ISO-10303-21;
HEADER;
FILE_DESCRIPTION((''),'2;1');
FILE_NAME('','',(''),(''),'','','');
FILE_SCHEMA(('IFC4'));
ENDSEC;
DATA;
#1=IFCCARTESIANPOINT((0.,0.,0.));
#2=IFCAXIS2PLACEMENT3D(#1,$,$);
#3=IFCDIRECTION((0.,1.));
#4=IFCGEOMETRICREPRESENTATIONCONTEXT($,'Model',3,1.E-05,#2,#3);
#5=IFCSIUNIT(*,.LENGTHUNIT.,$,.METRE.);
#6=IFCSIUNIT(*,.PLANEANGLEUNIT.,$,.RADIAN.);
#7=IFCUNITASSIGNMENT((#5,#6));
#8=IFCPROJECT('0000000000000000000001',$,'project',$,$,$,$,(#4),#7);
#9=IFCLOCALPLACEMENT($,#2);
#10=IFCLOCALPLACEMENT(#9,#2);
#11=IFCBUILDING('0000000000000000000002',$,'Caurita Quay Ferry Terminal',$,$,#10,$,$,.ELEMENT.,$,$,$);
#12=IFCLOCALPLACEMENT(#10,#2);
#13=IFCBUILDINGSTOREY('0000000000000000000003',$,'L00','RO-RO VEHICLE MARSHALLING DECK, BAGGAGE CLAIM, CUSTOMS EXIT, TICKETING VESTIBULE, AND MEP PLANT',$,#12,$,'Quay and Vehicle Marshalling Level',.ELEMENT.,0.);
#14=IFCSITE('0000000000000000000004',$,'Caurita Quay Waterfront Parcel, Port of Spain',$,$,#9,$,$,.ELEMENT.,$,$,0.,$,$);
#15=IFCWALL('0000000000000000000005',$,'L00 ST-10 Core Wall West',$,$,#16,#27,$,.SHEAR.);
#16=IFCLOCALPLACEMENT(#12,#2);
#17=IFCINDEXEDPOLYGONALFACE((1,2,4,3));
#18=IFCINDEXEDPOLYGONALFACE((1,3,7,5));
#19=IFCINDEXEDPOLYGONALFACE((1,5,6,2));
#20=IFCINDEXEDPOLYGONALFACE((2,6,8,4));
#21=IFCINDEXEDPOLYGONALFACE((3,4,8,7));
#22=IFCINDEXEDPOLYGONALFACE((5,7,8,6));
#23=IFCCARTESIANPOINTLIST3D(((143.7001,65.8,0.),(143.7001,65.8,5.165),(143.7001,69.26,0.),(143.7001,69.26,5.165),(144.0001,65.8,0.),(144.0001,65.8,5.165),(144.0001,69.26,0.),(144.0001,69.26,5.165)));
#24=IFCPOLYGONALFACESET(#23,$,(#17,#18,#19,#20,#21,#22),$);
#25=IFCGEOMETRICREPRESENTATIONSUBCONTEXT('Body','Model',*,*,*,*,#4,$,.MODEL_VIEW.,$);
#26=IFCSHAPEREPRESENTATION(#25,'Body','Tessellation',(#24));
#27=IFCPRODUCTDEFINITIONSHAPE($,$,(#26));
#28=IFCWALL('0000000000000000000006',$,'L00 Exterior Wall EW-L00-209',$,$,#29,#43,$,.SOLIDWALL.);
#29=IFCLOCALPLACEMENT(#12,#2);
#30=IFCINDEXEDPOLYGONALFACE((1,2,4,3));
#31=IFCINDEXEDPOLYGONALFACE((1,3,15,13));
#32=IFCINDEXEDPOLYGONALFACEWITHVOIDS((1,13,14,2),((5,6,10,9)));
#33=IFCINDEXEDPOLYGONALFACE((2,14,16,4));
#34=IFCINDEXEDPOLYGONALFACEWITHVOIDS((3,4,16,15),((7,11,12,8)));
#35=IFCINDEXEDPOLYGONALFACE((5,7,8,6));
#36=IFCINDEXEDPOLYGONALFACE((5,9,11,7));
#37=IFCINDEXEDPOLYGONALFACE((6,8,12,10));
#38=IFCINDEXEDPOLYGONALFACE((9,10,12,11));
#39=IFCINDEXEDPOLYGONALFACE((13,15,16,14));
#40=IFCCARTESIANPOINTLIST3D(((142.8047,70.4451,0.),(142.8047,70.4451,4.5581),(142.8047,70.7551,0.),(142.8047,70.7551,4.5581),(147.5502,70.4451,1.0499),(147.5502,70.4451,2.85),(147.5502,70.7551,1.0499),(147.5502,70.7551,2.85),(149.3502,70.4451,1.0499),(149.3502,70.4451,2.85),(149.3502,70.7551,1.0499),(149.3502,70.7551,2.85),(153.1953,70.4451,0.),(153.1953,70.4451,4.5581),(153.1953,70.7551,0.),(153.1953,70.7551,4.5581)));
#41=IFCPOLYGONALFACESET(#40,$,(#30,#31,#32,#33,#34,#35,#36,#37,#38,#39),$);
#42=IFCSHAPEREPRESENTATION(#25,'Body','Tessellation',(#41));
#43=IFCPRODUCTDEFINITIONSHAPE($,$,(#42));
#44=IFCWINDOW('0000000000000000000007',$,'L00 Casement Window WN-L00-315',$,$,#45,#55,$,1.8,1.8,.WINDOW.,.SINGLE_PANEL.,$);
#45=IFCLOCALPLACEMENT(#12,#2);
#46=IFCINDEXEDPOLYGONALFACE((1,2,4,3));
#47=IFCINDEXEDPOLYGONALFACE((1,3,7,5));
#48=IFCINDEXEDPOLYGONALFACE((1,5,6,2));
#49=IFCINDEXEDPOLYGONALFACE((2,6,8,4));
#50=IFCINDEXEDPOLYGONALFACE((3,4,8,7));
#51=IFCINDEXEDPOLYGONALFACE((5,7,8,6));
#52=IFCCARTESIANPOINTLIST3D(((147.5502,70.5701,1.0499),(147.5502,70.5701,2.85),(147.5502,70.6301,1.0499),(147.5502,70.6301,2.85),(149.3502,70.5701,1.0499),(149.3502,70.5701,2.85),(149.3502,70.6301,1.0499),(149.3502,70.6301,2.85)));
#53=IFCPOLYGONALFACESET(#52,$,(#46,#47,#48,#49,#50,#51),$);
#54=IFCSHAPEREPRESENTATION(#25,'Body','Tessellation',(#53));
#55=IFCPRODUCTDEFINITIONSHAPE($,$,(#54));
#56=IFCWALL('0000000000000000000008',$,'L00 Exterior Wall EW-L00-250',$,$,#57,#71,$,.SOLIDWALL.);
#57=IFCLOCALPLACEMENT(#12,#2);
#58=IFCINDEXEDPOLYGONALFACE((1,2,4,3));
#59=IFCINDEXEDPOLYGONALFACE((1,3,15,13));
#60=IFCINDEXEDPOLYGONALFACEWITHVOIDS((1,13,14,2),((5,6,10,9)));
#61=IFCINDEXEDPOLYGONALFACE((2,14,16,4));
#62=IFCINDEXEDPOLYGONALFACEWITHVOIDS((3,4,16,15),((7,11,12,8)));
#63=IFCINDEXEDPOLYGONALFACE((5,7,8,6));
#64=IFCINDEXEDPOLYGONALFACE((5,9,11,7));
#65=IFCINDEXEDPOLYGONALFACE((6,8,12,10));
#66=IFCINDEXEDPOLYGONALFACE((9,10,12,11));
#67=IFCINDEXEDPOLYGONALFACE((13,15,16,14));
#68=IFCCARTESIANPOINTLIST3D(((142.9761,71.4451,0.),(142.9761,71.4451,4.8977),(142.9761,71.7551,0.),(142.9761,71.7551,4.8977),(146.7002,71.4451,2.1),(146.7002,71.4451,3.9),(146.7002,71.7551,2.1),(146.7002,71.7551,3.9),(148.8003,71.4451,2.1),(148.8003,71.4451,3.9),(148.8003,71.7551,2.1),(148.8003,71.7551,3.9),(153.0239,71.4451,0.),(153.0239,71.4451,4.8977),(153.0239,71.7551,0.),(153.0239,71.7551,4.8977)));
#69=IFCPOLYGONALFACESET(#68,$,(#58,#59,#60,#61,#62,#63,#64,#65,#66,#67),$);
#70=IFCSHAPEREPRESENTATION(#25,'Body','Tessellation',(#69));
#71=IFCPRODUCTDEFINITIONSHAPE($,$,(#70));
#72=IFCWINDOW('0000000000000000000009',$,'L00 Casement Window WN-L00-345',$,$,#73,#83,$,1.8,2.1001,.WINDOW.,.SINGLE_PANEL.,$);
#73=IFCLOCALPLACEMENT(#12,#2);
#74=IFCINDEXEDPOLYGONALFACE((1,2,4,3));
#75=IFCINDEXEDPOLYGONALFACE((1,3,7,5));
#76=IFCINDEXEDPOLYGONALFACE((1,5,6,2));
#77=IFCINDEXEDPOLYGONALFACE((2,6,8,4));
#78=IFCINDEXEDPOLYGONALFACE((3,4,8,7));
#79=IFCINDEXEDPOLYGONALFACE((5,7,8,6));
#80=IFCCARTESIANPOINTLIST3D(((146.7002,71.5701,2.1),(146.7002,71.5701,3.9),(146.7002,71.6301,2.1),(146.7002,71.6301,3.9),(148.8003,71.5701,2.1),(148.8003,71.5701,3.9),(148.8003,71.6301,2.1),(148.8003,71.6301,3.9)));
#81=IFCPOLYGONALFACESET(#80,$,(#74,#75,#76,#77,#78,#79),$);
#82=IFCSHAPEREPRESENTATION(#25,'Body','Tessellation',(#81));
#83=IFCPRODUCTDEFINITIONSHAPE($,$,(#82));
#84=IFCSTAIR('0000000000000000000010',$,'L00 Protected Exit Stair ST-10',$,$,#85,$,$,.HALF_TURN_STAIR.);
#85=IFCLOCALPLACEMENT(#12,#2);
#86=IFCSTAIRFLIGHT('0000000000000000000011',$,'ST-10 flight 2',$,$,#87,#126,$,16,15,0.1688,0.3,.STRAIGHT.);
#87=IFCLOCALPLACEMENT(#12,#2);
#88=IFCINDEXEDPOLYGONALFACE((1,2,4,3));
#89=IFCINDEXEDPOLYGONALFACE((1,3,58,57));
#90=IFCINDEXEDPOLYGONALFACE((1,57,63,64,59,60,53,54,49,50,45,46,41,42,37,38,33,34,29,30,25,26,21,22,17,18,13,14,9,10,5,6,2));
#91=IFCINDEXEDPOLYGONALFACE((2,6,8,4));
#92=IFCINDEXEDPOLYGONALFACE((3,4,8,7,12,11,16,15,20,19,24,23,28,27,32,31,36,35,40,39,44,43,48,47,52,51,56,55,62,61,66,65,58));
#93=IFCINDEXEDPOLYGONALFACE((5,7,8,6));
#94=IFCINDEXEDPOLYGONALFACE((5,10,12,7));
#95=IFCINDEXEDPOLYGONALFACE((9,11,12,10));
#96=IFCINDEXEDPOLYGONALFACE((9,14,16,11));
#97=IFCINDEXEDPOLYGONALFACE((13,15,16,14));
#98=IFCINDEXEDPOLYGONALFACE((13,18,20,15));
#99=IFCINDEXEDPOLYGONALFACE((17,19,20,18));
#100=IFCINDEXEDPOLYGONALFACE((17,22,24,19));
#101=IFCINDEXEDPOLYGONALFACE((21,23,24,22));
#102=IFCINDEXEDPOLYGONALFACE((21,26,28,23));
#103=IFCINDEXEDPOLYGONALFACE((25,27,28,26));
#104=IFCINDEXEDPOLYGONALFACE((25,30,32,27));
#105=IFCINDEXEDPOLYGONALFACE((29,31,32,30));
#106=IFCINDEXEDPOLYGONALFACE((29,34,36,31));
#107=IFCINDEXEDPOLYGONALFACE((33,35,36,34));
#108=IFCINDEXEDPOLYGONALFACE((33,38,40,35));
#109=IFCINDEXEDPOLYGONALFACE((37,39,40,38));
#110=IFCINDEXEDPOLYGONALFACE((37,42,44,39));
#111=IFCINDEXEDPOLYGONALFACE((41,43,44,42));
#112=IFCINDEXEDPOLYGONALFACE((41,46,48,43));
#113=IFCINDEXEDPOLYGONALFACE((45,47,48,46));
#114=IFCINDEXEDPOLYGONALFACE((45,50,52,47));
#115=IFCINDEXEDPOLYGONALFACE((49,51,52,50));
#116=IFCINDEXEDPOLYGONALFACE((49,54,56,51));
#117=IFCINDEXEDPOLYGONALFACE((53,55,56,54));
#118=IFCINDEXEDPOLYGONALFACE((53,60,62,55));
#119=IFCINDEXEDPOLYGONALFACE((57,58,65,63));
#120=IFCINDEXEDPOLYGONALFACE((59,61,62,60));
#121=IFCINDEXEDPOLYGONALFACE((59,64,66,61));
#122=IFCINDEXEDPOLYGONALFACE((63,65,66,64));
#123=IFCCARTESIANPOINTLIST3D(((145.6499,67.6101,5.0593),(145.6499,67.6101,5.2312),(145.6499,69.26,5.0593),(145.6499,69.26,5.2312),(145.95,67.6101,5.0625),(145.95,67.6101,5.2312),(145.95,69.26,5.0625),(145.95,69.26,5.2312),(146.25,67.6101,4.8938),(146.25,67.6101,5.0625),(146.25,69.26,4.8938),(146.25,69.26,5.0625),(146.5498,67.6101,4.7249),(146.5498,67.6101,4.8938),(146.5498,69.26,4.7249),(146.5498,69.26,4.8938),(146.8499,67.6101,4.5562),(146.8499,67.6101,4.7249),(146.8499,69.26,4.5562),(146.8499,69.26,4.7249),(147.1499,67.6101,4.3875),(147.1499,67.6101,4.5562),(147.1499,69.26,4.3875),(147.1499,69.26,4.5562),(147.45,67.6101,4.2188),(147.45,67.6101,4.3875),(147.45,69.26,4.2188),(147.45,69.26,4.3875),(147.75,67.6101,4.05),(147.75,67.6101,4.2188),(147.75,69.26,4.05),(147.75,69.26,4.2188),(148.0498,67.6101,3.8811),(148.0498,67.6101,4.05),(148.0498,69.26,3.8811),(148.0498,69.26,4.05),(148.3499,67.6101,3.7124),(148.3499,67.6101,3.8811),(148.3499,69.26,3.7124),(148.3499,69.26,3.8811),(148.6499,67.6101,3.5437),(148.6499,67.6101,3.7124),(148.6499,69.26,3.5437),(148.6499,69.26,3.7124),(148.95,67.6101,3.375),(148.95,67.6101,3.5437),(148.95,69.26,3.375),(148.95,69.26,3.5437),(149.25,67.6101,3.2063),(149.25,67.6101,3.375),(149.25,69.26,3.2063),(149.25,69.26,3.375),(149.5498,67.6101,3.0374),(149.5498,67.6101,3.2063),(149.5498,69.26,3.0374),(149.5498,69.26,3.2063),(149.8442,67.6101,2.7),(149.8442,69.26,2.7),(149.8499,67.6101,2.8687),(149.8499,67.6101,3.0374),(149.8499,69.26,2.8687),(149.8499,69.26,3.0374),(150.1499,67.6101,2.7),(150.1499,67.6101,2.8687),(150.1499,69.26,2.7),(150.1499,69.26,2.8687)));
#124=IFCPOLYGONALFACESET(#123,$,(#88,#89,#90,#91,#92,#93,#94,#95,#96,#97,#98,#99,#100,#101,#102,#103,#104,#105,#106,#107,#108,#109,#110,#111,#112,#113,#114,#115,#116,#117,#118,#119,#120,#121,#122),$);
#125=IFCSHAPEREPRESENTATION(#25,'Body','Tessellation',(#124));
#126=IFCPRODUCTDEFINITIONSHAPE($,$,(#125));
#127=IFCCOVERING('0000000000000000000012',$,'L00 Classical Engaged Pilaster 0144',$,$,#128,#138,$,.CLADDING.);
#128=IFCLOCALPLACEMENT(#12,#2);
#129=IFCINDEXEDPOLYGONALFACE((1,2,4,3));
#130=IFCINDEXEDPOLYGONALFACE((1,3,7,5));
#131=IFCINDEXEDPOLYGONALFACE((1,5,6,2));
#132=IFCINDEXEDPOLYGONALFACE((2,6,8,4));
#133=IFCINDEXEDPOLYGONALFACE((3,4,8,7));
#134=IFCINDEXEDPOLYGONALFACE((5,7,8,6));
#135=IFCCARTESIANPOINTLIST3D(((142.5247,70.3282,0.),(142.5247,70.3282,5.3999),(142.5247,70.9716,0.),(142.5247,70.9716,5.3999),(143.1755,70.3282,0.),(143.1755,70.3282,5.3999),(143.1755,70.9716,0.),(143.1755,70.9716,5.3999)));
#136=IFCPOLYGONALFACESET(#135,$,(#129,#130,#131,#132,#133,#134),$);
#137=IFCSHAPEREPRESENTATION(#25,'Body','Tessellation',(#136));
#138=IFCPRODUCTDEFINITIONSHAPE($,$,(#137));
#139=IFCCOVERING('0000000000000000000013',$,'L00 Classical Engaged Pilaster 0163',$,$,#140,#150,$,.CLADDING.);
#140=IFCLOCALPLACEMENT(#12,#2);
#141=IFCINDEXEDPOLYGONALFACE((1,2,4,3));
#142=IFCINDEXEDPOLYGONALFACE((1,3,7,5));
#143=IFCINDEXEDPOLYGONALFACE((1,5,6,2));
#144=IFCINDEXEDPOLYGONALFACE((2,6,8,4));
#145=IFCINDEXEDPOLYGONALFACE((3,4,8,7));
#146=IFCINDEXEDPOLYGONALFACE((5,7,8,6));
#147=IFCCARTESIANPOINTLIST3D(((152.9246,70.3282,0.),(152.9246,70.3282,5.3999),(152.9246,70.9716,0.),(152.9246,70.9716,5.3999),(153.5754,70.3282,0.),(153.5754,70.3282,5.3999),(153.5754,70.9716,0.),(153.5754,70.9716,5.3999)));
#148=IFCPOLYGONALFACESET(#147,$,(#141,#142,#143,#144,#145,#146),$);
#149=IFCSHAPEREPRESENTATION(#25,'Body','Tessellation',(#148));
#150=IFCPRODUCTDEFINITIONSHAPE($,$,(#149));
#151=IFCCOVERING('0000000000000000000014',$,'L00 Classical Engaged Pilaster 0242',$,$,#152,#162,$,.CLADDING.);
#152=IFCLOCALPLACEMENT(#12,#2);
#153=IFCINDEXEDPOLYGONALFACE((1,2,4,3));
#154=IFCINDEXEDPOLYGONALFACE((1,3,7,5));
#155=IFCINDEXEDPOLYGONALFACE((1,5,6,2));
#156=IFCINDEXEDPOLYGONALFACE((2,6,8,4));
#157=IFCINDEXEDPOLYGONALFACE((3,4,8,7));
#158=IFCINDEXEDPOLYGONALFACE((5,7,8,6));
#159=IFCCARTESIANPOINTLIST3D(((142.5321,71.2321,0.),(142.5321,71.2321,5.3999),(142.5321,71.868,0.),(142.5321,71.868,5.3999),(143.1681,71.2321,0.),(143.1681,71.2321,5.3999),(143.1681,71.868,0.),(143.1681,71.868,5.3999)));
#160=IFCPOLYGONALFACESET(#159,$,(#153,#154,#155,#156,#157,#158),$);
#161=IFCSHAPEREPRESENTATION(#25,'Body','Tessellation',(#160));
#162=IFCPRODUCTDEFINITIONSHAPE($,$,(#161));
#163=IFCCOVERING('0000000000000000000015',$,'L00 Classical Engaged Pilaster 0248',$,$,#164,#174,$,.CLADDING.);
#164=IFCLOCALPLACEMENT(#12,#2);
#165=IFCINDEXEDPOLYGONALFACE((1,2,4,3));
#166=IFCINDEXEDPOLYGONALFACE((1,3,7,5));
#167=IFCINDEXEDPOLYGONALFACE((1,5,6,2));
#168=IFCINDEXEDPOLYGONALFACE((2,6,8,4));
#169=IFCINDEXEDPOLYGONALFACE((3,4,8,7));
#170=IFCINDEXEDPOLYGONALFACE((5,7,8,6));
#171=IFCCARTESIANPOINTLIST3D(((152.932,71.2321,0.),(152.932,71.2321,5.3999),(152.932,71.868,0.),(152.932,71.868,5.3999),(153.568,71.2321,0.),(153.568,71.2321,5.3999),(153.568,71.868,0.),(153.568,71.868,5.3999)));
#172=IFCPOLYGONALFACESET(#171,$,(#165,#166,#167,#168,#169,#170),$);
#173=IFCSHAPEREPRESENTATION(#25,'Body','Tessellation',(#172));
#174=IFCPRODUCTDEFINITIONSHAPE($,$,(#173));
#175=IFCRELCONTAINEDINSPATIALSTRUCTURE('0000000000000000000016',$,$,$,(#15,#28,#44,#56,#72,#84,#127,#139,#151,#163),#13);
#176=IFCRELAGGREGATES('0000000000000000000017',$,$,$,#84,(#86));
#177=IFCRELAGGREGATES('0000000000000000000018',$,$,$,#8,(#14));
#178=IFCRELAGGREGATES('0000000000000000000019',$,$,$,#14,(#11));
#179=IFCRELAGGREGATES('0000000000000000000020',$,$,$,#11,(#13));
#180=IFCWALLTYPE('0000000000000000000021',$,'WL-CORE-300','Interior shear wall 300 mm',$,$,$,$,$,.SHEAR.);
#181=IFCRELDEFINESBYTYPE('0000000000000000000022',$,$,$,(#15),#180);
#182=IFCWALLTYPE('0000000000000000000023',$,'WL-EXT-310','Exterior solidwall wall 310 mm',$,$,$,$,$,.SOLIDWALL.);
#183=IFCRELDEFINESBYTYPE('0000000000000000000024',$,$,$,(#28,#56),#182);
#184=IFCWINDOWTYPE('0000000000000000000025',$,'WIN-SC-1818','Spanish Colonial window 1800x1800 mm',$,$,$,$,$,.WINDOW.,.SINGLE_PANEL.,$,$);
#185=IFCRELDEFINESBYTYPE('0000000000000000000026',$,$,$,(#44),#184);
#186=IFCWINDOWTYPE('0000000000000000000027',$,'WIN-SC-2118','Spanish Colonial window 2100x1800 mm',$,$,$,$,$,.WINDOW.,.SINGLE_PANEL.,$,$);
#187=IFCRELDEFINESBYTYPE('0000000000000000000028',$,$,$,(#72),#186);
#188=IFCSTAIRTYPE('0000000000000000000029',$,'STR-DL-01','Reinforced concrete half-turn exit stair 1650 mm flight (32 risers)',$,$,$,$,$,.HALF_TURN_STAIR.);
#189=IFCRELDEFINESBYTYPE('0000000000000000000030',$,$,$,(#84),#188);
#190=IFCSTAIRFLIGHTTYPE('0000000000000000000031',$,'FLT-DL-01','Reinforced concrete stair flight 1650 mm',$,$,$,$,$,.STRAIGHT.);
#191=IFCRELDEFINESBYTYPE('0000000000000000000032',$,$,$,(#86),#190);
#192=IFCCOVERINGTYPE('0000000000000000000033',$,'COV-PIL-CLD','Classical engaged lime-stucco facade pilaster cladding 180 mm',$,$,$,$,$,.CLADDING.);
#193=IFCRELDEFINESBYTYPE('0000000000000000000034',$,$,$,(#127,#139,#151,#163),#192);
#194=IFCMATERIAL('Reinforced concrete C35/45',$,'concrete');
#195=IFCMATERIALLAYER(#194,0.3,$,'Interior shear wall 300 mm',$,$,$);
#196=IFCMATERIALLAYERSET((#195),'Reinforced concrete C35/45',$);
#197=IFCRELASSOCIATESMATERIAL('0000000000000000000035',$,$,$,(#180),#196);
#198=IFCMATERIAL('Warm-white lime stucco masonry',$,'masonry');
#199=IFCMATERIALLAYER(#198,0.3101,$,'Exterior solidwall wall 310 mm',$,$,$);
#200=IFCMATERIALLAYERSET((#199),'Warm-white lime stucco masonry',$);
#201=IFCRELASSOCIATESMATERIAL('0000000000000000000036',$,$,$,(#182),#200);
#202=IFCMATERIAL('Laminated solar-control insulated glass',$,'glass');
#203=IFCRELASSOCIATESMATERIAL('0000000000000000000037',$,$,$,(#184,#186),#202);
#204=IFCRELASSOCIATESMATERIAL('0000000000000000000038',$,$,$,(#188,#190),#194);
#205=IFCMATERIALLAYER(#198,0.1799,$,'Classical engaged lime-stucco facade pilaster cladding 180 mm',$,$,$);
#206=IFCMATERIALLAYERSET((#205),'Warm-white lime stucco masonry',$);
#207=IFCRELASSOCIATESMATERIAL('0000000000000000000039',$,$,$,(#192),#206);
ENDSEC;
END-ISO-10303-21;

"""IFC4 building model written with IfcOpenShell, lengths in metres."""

from ifc_helpers import new_model, si_unit, direction, frame, frame_2d, origin, origin_2d, place, context, subcontext, project, spatial, polyline, rectangle, outline, extrude, material, layer, layer_set, type_object, element, fill, aggregate, save


model = new_model("IFC4")

# Units and contexts
model_context = context("Model", 3, precision=1e-05, world=origin(), true_north=direction((0.0, 1.0)))
body_context = subcontext(model_context, "Body", "Model", "MODEL_VIEW")
ifc_project = project(units=[si_unit("LENGTHUNIT", "METRE"), si_unit("PLANEANGLEUNIT", "RADIAN")], contexts=[model_context])

# Site, building, storey
site_placement = place(None, origin())
site = spatial("IfcSite", under=ifc_project, at=site_placement, Name="Caurita Quay Waterfront Parcel, Port of Spain", CompositionType="ELEMENT", RefElevation=0.0)
building_placement = place(site_placement, origin())
building = spatial("IfcBuilding", under=site, at=building_placement, Name="Caurita Quay Ferry Terminal", CompositionType="ELEMENT")
storey_placement = place(building_placement, origin())
storey = spatial("IfcBuildingStorey", under=building, at=storey_placement, Name="L00", Description="RO-RO VEHICLE MARSHALLING DECK, BAGGAGE CLAIM, CUSTOMS EXIT, TICKETING VESTIBULE, AND MEP PLANT", LongName="Quay and Vehicle Marshalling Level", CompositionType="ELEMENT", Elevation=0.0)

# Wall
ifc_material_1 = material(Name="Reinforced concrete C35/45", Category="concrete")
ifc_layer_1 = layer(ifc_material_1, 0.3, Name="Interior shear wall 300 mm")
ifc_layer_set_1 = layer_set([ifc_layer_1], Name="Reinforced concrete C35/45")
wall_type_1 = type_object("IfcWallType", Name="WL-CORE-300", Description="Interior shear wall 300 mm", PredefinedType="SHEAR", material=ifc_layer_set_1)
wall_1_placement = place(storey_placement, frame((143.8501, 69.26, 0.0), z_axis=(0.0, 0.0, 1.0), x_axis=(0.0, -1.0, 0.0)))
element("IfcWall", 1, at=wall_1_placement, inside=storey, type_object=wall_type_1, Name="L00 ST-10 Core Wall West", PredefinedType="SHEAR", context=body_context, shape_type="SweptSolid", body=[
    extrude(rectangle(XDim=3.46, YDim=0.3, at=frame_2d((1.73, 0.0))), origin(), (0.0, 0.0, 1.0), 5.165),
])

# Walls, openings, windows
ifc_material_2 = material(Name="Warm-white lime stucco masonry", Category="masonry")
ifc_layer_2 = layer(ifc_material_2, 0.3101, Name="Exterior solidwall wall 310 mm")
ifc_layer_set_2 = layer_set([ifc_layer_2], Name="Warm-white lime stucco masonry")
wall_type_2 = type_object("IfcWallType", Name="WL-EXT-310", Description="Exterior solidwall wall 310 mm", PredefinedType="SOLIDWALL", material=ifc_layer_set_2)
wall_2_placement = place(storey_placement, frame((153.1953, 70.6001, 0.0), z_axis=(0.0, 0.0, 1.0), x_axis=(-1.0, 0.0, 0.0)))
wall_2 = element("IfcWall", 2, at=wall_2_placement, inside=storey, type_object=wall_type_2, Name="L00 Exterior Wall EW-L00-209", PredefinedType="SOLIDWALL", context=body_context, shape_type="SweptSolid", body=[
    extrude(rectangle(XDim=10.3906, YDim=0.3101, at=frame_2d((5.1953, 0.0))), origin(), (0.0, 0.0, 1.0), 4.5581),
])
opening_1_placement = place(wall_2_placement, frame((3.8452, 0.0, 1.05)))
opening_1 = element("IfcOpeningElement", 3, at=opening_1_placement, cuts=wall_2, PredefinedType="OPENING", context=body_context, shape_type="SweptSolid", body=[
    extrude(rectangle(XDim=1.8, YDim=1.8, at=frame_2d((0.8999, 0.8999))), frame((0.0, 0.165, 0.0), z_axis=(0.0, -1.0, 0.0), x_axis=(1.0, 0.0, 0.0)), (0.0, 0.0, 1.0), 0.3301),
])
ifc_material_3 = material(Name="Laminated solar-control insulated glass", Category="glass")
window_type_1 = type_object("IfcWindowType", Name="WIN-SC-1818", Description="Spanish Colonial window 1800x1800 mm", PartitioningType="SINGLE_PANEL", PredefinedType="WINDOW", material=ifc_material_3)
window_1_placement = place(opening_1_placement, origin())
window_1 = element("IfcWindow", 4, at=window_1_placement, inside=storey, type_object=window_type_1, Name="L00 Casement Window WN-L00-315", OverallHeight=1.8, OverallWidth=1.8, PartitioningType="SINGLE_PANEL", PredefinedType="WINDOW", context=body_context, shape_type="SweptSolid", body=[
    extrude(rectangle(XDim=1.8, YDim=1.8, at=frame_2d((0.8999, 0.8999))), frame((0.0, 0.03, 0.0), z_axis=(0.0, -1.0, 0.0), x_axis=(1.0, 0.0, 0.0)), (0.0, 0.0, 1.0), 0.0601),
])
fill(opening_1, window_1)
wall_3_placement = place(storey_placement, frame((142.9761, 71.6001, 0.0), z_axis=(0.0, 0.0, 1.0), x_axis=(1.0, 0.0, 0.0)))
wall_3 = element("IfcWall", 5, at=wall_3_placement, inside=storey, type_object=wall_type_2, Name="L00 Exterior Wall EW-L00-250", PredefinedType="SOLIDWALL", context=body_context, shape_type="SweptSolid", body=[
    extrude(rectangle(XDim=10.0479, YDim=0.3101, at=frame_2d((5.0239, 0.0))), origin(), (0.0, 0.0, 1.0), 4.8977),
])
opening_2_placement = place(wall_3_placement, frame((3.7241, 0.0, 2.1001)))
opening_2 = element("IfcOpeningElement", 6, at=opening_2_placement, cuts=wall_3, PredefinedType="OPENING", context=body_context, shape_type="SweptSolid", body=[
    extrude(rectangle(XDim=2.1001, YDim=1.8, at=frame_2d((1.05, 0.8999))), frame((0.0, 0.165, 0.0), z_axis=(0.0, -1.0, 0.0), x_axis=(1.0, 0.0, 0.0)), (0.0, 0.0, 1.0), 0.3301),
])
window_type_2 = type_object("IfcWindowType", Name="WIN-SC-2118", Description="Spanish Colonial window 2100x1800 mm", PartitioningType="SINGLE_PANEL", PredefinedType="WINDOW", material=ifc_material_3)
window_2_placement = place(opening_2_placement, origin())
window_2 = element("IfcWindow", 7, at=window_2_placement, inside=storey, type_object=window_type_2, Name="L00 Casement Window WN-L00-345", OverallHeight=1.8, OverallWidth=2.1001, PartitioningType="SINGLE_PANEL", PredefinedType="WINDOW", context=body_context, shape_type="SweptSolid", body=[
    extrude(rectangle(XDim=2.1001, YDim=1.8, at=frame_2d((1.05, 0.8999))), frame((0.0, 0.03, 0.0), z_axis=(0.0, -1.0, 0.0), x_axis=(1.0, 0.0, 0.0)), (0.0, 0.0, 1.0), 0.0601),
])
fill(opening_2, window_2)

# Stair, stair flight
stair_type = type_object("IfcStairType", Name="STR-DL-01", Description="Reinforced concrete half-turn exit stair 1650 mm flight (32 risers)", PredefinedType="HALF_TURN_STAIR", material=ifc_material_1)
stair_placement = place(storey_placement, origin())
stair = element("IfcStair", 8, at=stair_placement, inside=storey, type_object=stair_type, Name="L00 Protected Exit Stair ST-10", PredefinedType="HALF_TURN_STAIR")
stair_flight_type = type_object("IfcStairFlightType", Name="FLT-DL-01", Description="Reinforced concrete stair flight 1650 mm", PredefinedType="STRAIGHT", material=ifc_material_1)
stair_flight_placement = place(storey_placement, frame((150.1499, 68.4351, 2.7), z_axis=(0.0, 0.0, 1.0), x_axis=(-1.0, 0.0, 0.0)))
stair_flight = element("IfcStairFlight", 9, at=stair_flight_placement, type_object=stair_flight_type, Name="ST-10 flight 2", NumberOfRisers=16, NumberOfTreads=15, PredefinedType="STRAIGHT", RiserHeight=0.1688, TreadLength=0.3, context=body_context, shape_type="SweptSolid", body=[
    extrude(outline(polyline([(0.0, 0.0), (0.0, 0.1687), (0.3, 0.1687), (0.3, 0.3374), (0.6001, 0.3374), (0.6001, 0.5063), (0.8999, 0.5063), (0.8999, 0.675), (1.2, 0.675), (1.2, 0.8438), (1.5, 0.8438), (1.5, 1.0125), (1.8, 1.0125), (1.8, 1.1812), (2.1001, 1.1812), (2.1001, 1.3501), (2.3999, 1.3501), (2.3999, 1.5188), (2.7, 1.5188), (2.7, 1.6875), (3.0, 1.6875), (3.0, 1.8562), (3.3, 1.8562), (3.3, 2.0249), (3.6001, 2.0249), (3.6001, 2.1938), (3.8999, 2.1938), (3.8999, 2.3625), (4.2, 2.3625), (4.2, 2.5312), (4.5, 2.5312), (4.5, 2.7), (4.5, 2.3594), (0.3057, 0.0), (0.0, 0.0)])), frame((0.0, 0.825, 0.0), z_axis=(0.0, -1.0, 0.0), x_axis=(1.0, 0.0, 0.0)), (0.0, 0.0, 1.0), 1.6499),
])
aggregate(stair, [stair_flight])

# Coverings
ifc_layer_3 = layer(ifc_material_2, 0.1799, Name="Classical engaged lime-stucco facade pilaster cladding 180 mm")
ifc_layer_set_3 = layer_set([ifc_layer_3], Name="Warm-white lime stucco masonry")
covering_type = type_object("IfcCoveringType", Name="COV-PIL-CLD", Description="Classical engaged lime-stucco facade pilaster cladding 180 mm", PredefinedType="CLADDING", material=ifc_layer_set_3)
for number, where, z_axis, x_axis, name in (
    (10, (142.8501, 70.6499, 0.0), (0.0, 0.0, 1.0), (1.0, 0.0, 0.0), "L00 Classical Engaged Pilaster 0144"),
    (11, (153.25, 70.6499, 0.0), (0.0, 0.0, 1.0), (1.0, 0.0, 0.0), "L00 Classical Engaged Pilaster 0163"),
):
    element("IfcCovering", number, at=place(storey_placement, frame(where, z_axis=z_axis, x_axis=x_axis)), inside=storey, type_object=covering_type, Name=name, PredefinedType="CLADDING", context=body_context, shape_type="SweptSolid", body=[
        extrude(rectangle(XDim=0.6509, YDim=0.6433, at=origin_2d()), origin(), (0.0, 0.0, 1.0), 5.3999),
    ])
for number, where, z_axis, x_axis, name in (
    (12, (142.8501, 71.55, 0.0), (0.0, 0.0, 1.0), (1.0, 0.0, 0.0), "L00 Classical Engaged Pilaster 0242"),
    (13, (153.25, 71.55, 0.0), (0.0, 0.0, 1.0), (1.0, 0.0, 0.0), "L00 Classical Engaged Pilaster 0248"),
):
    element("IfcCovering", number, at=place(storey_placement, frame(where, z_axis=z_axis, x_axis=x_axis)), inside=storey, type_object=covering_type, Name=name, PredefinedType="CLADDING", context=body_context, shape_type="SweptSolid", body=[
        extrude(rectangle(XDim=0.636, YDim=0.636, at=origin_2d()), origin(), (0.0, 0.0, 1.0), 5.3999),
    ])

save(model, "model.ifc")
